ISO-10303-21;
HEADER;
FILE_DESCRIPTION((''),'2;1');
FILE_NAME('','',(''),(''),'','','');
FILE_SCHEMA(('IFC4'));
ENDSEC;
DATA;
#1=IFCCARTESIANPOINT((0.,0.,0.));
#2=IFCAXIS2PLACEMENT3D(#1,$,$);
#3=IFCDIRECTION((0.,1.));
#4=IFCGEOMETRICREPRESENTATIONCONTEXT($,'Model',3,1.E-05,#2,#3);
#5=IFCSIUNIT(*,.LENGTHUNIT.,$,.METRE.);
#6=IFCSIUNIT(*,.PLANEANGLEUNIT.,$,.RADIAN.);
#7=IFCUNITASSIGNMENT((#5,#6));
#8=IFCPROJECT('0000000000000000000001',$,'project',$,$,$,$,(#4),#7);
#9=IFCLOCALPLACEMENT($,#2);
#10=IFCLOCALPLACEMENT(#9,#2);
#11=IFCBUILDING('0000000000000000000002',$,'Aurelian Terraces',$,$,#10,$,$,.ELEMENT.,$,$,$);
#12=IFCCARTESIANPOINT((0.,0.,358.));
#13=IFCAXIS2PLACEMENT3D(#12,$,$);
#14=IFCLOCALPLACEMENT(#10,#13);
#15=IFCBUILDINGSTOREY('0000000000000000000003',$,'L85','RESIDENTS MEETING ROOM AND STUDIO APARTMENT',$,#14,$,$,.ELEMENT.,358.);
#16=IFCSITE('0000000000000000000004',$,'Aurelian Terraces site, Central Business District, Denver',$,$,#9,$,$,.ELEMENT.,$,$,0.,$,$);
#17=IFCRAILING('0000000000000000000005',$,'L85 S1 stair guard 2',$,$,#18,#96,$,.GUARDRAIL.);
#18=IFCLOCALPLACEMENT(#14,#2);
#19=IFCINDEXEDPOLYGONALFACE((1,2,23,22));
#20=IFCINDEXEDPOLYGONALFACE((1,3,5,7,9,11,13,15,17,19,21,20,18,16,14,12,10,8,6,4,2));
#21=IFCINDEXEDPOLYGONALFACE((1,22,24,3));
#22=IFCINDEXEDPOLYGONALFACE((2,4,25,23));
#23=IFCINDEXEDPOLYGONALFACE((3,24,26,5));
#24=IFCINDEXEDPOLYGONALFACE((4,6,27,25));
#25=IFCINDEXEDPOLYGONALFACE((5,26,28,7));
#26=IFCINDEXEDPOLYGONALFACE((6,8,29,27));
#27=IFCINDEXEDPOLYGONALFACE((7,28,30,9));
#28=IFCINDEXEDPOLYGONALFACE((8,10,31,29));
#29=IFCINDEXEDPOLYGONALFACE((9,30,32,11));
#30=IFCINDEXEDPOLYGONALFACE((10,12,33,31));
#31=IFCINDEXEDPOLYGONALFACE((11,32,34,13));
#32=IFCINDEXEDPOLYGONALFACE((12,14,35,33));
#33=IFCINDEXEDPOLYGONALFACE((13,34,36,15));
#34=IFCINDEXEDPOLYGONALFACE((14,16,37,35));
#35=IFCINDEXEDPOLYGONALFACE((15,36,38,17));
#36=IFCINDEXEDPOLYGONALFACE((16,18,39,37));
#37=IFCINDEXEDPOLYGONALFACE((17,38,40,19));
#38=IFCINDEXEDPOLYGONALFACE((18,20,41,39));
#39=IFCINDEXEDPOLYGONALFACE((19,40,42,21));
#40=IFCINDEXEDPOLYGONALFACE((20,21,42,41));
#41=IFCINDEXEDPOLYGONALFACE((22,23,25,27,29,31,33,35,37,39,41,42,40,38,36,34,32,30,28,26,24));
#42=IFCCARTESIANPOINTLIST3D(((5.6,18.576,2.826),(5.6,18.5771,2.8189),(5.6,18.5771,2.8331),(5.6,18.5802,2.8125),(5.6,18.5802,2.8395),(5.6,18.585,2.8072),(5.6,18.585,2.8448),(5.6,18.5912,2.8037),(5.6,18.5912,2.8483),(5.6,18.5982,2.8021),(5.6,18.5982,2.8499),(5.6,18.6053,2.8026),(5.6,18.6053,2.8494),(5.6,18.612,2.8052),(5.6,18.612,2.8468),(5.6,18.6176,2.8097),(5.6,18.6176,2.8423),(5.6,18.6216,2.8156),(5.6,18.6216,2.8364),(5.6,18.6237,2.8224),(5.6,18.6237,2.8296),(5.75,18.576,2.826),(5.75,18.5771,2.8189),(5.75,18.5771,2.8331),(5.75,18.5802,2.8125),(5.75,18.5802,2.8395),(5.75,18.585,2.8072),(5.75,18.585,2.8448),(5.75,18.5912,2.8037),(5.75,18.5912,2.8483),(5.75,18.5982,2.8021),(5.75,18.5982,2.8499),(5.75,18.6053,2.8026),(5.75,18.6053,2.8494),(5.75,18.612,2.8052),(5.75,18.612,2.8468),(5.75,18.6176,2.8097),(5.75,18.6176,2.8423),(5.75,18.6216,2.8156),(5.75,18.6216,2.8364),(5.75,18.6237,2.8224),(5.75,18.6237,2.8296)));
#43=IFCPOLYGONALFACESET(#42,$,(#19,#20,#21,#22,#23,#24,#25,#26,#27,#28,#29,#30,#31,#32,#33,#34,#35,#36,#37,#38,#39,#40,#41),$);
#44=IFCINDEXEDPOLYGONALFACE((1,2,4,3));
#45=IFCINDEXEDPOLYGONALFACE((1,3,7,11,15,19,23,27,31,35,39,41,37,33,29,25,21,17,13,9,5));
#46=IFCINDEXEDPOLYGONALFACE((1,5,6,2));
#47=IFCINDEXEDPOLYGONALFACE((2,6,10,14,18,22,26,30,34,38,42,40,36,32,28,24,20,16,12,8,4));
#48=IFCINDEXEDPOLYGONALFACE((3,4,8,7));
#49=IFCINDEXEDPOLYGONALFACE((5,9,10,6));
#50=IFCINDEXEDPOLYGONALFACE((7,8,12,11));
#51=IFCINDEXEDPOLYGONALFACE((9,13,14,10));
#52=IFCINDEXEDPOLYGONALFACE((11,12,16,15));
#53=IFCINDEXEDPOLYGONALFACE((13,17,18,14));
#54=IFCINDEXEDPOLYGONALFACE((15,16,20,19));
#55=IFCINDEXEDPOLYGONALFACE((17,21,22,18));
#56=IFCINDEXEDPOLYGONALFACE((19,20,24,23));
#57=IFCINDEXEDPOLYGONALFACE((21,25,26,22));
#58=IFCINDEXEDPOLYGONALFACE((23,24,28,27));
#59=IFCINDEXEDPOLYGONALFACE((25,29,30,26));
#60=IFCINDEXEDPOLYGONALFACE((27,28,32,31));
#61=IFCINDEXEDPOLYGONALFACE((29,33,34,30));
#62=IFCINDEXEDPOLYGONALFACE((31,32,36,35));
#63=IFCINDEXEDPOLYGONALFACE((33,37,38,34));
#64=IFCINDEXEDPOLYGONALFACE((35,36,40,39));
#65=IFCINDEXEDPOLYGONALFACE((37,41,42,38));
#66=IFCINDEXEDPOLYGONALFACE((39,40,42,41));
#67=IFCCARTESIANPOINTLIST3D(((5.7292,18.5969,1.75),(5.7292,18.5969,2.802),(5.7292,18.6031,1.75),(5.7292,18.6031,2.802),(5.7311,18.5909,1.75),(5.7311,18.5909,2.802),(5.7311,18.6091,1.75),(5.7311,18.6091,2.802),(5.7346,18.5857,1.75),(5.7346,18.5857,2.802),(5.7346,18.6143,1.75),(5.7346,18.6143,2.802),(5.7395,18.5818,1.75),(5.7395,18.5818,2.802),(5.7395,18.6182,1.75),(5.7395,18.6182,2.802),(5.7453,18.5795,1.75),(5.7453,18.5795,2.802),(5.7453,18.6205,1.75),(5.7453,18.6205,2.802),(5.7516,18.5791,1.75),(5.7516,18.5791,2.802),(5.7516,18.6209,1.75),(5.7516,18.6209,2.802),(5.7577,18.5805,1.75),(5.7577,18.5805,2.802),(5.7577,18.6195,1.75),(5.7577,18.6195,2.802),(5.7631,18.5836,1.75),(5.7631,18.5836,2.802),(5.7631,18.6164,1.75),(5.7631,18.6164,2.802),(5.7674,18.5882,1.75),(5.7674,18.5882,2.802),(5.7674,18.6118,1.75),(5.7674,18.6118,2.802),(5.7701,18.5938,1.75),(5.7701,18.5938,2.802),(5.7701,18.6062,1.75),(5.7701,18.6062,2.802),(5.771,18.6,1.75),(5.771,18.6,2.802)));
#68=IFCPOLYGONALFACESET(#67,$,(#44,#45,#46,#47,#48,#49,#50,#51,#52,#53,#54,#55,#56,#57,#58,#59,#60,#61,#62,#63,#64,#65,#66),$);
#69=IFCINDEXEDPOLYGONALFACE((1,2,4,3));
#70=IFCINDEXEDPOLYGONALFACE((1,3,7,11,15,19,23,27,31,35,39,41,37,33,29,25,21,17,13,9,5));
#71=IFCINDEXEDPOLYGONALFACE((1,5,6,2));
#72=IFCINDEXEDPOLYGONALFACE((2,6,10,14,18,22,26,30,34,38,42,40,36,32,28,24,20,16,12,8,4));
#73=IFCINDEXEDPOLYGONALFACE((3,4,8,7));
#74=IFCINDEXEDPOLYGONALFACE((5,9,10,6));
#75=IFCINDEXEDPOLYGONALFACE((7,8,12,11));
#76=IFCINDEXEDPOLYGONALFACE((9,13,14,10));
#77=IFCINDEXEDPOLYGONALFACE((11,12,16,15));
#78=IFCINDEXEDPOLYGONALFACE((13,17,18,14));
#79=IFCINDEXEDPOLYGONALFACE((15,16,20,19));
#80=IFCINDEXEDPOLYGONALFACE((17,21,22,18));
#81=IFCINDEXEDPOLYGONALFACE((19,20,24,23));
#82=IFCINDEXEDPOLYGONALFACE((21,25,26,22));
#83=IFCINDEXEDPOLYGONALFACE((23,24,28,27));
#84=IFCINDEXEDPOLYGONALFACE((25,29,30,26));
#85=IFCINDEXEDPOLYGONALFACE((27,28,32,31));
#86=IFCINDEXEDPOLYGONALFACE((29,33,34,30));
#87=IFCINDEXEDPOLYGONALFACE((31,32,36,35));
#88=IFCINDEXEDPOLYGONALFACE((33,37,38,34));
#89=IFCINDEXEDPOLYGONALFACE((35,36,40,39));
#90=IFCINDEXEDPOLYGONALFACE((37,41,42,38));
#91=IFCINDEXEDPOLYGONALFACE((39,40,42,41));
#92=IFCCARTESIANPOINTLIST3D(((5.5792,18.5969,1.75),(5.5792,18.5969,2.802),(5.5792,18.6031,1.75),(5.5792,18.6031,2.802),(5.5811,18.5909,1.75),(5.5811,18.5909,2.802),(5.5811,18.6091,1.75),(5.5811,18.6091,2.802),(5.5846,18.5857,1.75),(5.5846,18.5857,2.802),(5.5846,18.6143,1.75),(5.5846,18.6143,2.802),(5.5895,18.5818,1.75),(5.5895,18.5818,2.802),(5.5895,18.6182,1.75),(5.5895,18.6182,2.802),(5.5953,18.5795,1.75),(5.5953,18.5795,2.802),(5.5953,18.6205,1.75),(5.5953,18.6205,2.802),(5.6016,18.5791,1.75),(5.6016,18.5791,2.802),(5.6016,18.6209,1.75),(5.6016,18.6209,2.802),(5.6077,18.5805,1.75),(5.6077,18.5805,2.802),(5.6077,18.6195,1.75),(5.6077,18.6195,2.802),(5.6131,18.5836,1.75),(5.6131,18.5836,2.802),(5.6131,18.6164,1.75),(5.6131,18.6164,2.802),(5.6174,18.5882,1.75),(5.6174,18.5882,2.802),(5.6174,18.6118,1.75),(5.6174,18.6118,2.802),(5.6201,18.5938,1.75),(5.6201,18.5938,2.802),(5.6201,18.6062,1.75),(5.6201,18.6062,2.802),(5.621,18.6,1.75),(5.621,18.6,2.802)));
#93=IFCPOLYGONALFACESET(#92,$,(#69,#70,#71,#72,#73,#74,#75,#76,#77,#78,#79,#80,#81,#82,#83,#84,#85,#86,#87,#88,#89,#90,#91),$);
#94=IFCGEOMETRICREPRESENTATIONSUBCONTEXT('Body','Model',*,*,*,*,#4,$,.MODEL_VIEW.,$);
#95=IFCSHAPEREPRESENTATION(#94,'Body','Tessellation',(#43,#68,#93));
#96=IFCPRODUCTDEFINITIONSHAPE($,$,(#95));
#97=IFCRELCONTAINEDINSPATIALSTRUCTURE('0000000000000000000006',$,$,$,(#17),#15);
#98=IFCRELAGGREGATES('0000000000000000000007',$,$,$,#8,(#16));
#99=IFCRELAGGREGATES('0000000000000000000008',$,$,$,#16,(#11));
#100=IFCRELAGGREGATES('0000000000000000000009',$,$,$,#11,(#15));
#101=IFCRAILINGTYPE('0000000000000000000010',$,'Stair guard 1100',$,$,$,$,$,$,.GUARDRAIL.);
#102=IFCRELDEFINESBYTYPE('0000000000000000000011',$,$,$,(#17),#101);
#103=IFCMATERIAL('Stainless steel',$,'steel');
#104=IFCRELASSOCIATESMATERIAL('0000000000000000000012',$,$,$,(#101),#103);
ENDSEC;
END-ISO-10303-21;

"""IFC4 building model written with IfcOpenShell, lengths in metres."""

from ifc_helpers import new_model, si_unit, direction, frame, origin, origin_2d, place, context, subcontext, project, spatial, circle, extrude, source, transform, mapped, material, type_object, element, save


model = new_model("IFC4")

# Units and contexts
model_context = context("Model", 3, precision=1e-05, world=origin(), true_north=direction((0.0, 1.0)))
body_context = subcontext(model_context, "Body", "Model", "MODEL_VIEW")
ifc_project = project(units=[si_unit("LENGTHUNIT", "METRE"), si_unit("PLANEANGLEUNIT", "RADIAN")], contexts=[model_context])

# Site, building, storey
site_placement = place(None, origin())
site = spatial("IfcSite", under=ifc_project, at=site_placement, Name="Aurelian Terraces site, Central Business District, Denver", CompositionType="ELEMENT", RefElevation=0.0)
building_placement = place(site_placement, origin())
building = spatial("IfcBuilding", under=site, at=building_placement, Name="Aurelian Terraces", CompositionType="ELEMENT")
storey_placement = place(building_placement, frame((0.0, 0.0, 358.0)))
storey = spatial("IfcBuildingStorey", under=building, at=storey_placement, Name="L85", Description="RESIDENTS MEETING ROOM AND STUDIO APARTMENT", CompositionType="ELEMENT", Elevation=358.0)

# Railing
ifc_material_1 = material(Name="Stainless steel", Category="steel")
railing_type_1 = type_object("IfcRailingType", Name="Stair guard 1100", PredefinedType="GUARDRAIL", material=ifc_material_1)
shared_shape_1 = source(origin(), body_context, "Body", "SweptSolid", [
    extrude(circle(Radius=0.024, at=origin_2d()), frame((0.0, 0.0, 1.076), z_axis=(-1.0, 0.0, 0.0), x_axis=(0.0, -1.0, 0.0)), (0.0, 0.0, 1.0), 0.15),
    extrude(circle(Radius=0.021, at=origin_2d()), origin(), (0.0, 0.0, 1.0), 1.052),
    extrude(circle(Radius=0.021, at=origin_2d()), frame((-0.15, 0.0, 0.0)), (0.0, 0.0, 1.0), 1.052),
])
railing_1_placement = place(storey_placement, frame((5.75, 18.6, 1.75)))
element("IfcRailing", 1, at=railing_1_placement, inside=storey, type_object=railing_type_1, Name="L85 S1 stair guard 2", PredefinedType="GUARDRAIL", context=body_context, shape_type="MappedRepresentation", body=[
    mapped(shared_shape_1, transform((0.0, 0.0, 0.0), scale=1.0)),
])

save(model, "model.ifc")
